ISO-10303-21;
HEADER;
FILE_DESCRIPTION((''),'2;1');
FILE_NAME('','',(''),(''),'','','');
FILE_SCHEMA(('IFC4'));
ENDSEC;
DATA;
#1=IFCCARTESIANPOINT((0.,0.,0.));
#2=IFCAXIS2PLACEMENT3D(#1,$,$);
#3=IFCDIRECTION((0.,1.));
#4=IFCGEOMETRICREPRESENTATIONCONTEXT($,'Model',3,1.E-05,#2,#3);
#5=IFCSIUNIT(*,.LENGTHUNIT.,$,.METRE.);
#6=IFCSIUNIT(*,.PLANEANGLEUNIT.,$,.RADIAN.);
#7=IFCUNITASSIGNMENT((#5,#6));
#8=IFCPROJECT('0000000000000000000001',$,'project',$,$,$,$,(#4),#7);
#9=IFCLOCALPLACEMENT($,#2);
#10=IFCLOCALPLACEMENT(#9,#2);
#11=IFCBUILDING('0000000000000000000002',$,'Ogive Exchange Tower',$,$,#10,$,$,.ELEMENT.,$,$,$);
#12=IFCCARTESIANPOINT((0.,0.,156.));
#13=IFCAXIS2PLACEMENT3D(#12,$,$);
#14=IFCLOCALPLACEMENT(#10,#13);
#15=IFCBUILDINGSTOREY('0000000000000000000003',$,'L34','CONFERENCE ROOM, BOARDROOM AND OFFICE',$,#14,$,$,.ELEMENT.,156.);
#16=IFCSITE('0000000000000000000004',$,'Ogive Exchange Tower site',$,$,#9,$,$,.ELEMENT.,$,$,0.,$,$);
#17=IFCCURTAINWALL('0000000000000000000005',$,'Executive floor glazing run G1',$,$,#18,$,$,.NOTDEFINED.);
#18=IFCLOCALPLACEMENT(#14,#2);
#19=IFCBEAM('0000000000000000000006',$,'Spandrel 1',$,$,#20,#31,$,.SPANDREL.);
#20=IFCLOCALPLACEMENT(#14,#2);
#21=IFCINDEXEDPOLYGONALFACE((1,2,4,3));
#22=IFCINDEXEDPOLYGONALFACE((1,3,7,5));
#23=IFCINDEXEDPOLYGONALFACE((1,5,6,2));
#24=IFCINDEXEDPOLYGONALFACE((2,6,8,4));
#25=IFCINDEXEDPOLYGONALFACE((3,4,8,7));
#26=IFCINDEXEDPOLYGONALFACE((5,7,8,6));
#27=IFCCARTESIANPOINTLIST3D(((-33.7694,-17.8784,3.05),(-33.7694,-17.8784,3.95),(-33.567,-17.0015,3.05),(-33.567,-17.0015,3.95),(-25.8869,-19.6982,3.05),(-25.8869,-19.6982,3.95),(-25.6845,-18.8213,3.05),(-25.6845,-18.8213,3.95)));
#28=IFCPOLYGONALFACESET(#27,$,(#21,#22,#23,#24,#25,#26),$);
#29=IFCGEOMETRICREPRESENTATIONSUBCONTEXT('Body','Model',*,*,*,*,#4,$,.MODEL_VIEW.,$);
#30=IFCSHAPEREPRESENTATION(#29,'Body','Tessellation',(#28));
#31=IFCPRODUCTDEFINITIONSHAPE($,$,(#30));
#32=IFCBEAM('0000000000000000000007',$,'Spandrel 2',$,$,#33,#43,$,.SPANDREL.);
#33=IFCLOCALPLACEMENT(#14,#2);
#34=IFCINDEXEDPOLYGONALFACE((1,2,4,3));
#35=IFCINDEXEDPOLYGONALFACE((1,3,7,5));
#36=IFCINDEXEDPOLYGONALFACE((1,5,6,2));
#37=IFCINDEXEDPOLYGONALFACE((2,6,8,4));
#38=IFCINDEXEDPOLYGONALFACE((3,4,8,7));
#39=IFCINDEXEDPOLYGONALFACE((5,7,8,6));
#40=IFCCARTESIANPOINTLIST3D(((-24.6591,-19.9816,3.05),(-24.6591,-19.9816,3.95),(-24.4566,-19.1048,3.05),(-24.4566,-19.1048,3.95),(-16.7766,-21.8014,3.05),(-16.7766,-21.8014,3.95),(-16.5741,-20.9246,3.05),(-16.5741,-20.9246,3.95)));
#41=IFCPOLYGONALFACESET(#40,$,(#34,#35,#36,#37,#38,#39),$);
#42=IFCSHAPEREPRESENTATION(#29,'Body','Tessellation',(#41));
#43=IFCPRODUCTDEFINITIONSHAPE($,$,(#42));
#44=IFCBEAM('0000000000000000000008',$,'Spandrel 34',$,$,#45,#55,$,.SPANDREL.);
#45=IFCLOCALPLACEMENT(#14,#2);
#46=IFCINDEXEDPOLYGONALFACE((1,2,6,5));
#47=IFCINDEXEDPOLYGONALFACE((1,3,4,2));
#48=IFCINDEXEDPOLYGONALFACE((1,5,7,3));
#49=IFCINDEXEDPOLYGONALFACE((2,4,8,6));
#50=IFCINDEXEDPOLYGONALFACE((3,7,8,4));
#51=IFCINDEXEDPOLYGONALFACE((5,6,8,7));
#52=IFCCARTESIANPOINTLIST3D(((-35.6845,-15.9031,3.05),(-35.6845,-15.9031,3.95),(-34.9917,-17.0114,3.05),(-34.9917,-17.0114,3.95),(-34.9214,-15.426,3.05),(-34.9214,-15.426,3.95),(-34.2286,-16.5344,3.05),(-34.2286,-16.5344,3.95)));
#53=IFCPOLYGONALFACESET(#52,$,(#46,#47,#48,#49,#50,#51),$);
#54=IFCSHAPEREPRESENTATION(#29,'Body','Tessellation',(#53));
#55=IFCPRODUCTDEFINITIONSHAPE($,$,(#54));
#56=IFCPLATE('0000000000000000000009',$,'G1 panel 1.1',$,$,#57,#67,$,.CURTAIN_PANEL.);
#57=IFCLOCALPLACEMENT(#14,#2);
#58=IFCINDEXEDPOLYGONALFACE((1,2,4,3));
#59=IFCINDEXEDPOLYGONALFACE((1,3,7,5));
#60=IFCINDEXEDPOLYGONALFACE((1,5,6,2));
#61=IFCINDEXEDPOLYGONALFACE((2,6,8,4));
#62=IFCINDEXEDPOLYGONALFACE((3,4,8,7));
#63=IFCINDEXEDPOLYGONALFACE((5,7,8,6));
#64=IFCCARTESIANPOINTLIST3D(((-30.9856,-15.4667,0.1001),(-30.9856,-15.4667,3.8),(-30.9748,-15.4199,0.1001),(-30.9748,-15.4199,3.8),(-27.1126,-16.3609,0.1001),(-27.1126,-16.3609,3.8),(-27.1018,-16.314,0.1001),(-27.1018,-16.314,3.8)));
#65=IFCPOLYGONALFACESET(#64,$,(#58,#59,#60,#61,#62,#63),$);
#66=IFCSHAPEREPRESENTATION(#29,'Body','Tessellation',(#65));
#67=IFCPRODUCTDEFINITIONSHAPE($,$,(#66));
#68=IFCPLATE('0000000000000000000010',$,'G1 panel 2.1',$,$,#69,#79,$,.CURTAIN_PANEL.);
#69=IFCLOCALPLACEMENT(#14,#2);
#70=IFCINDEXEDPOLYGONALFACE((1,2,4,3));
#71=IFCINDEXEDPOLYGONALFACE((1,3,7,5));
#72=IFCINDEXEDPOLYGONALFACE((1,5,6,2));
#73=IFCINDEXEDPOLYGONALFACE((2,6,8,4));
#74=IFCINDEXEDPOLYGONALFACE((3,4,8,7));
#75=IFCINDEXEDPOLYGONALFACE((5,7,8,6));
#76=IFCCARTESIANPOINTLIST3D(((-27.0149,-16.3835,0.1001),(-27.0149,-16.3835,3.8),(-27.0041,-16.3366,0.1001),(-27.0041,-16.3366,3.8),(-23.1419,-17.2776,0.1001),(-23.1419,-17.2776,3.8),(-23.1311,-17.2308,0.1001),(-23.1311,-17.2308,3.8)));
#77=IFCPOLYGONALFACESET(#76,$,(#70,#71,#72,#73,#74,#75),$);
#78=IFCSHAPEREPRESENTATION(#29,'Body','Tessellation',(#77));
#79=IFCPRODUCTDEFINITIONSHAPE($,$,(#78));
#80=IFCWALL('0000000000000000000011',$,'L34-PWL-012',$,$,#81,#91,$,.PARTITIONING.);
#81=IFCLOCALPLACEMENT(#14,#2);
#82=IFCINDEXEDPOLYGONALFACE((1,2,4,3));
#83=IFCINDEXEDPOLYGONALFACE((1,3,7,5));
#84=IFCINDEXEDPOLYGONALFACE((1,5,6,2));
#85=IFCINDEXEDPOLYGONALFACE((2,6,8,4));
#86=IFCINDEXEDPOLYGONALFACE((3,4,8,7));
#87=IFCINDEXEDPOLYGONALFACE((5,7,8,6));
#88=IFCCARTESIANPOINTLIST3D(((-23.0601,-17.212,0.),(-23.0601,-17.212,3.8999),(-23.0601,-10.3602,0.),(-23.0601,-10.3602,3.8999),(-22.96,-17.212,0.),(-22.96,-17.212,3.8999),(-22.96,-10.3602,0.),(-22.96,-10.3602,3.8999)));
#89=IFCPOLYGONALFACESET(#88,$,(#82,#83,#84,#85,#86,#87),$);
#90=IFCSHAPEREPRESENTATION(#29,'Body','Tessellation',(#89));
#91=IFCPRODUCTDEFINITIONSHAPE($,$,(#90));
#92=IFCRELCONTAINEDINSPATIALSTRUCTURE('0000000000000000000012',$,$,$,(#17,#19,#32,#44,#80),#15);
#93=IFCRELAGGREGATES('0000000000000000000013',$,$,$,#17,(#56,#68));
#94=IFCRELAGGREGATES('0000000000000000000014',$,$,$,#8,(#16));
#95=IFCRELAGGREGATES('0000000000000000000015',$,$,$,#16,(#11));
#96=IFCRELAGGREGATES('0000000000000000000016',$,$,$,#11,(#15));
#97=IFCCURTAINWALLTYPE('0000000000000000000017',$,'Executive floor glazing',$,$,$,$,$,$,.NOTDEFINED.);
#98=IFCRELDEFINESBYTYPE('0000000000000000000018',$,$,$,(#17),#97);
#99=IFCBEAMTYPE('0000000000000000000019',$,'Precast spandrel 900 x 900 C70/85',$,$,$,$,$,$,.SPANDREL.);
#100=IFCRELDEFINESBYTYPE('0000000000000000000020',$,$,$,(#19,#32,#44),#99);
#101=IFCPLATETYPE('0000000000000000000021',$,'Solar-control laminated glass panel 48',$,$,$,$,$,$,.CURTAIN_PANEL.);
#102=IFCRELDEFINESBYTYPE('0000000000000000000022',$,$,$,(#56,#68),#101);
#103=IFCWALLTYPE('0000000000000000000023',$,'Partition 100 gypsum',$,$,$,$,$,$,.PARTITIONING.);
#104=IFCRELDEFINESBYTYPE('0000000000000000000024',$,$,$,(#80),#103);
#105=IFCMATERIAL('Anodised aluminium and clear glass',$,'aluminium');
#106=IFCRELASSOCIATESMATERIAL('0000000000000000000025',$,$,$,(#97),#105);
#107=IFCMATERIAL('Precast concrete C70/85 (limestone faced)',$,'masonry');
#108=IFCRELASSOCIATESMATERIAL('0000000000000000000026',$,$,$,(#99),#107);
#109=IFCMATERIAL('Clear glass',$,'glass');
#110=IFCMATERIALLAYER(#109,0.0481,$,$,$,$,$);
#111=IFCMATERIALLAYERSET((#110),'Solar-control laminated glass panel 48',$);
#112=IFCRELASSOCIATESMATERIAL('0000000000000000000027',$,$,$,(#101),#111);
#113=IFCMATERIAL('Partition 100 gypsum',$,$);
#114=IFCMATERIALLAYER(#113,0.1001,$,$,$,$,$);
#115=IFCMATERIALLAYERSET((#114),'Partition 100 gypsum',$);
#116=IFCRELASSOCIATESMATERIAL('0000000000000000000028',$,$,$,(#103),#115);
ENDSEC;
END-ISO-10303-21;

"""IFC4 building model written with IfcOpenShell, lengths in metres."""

from ifc_helpers import new_model, si_unit, direction, frame, frame_2d, origin, origin_2d, place, context, subcontext, project, spatial, rectangle, extrude, material, layer, layer_set, material_profile, profile_set, type_object, element, aggregate, save


model = new_model("IFC4")

# Units and contexts
model_context = context("Model", 3, precision=1e-05, world=origin(), true_north=direction((0.0, 1.0)))
body_context = subcontext(model_context, "Body", "Model", "MODEL_VIEW")
ifc_project = project(units=[si_unit("LENGTHUNIT", "METRE"), si_unit("PLANEANGLEUNIT", "RADIAN")], contexts=[model_context])

# Site, building, storey
site_placement = place(None, origin())
site = spatial("IfcSite", under=ifc_project, at=site_placement, Name="Ogive Exchange Tower site", CompositionType="ELEMENT", RefElevation=0.0)
building_placement = place(site_placement, origin())
building = spatial("IfcBuilding", under=site, at=building_placement, Name="Ogive Exchange Tower", CompositionType="ELEMENT")
storey_placement = place(building_placement, frame((0.0, 0.0, 156.0)))
storey = spatial("IfcBuildingStorey", under=building, at=storey_placement, Name="L34", Description="CONFERENCE ROOM, BOARDROOM AND OFFICE", CompositionType="ELEMENT", Elevation=156.0)

# Shared definitions
ifc_material_1 = material(Name="Precast concrete C70/85 (limestone faced)", Category="masonry")

# Curtain wall
ifc_material_2 = material(Name="Anodised aluminium and clear glass", Category="aluminium")
curtain_wall_type = type_object("IfcCurtainWallType", Name="Executive floor glazing", PredefinedType="NOTDEFINED", material=ifc_material_2)
curtain_wall_1_placement = place(storey_placement, origin())
curtain_wall_1 = element("IfcCurtainWall", 1, at=curtain_wall_1_placement, inside=storey, type_object=curtain_wall_type, Name="Executive floor glazing run G1", PredefinedType="NOTDEFINED")

# Beams
ifc_material_profile_1 = material_profile(ifc_material_1, rectangle(XDim=0.8999, YDim=0.8999, at=origin_2d()), Name="900 x 900")
ifc_profile_set_1 = profile_set([ifc_material_profile_1], Name="Precast concrete C70/85 (limestone faced)")
beam_type_1 = type_object("IfcBeamType", Name="Precast spandrel 900 x 900 C70/85", PredefinedType="SPANDREL", material=ifc_profile_set_1)
for number, where, z_axis, x_axis, name in (
    (2, (-33.6682, -17.4399, 3.5), (0.97437, -0.22495, 0.0), (0.22495, 0.97437, 0.0), "Spandrel 1"),
    (3, (-24.5579, -19.5432, 3.5), (0.97437, -0.22495, 0.0), (0.22495, 0.97437, 0.0), "Spandrel 2"),
):
    element("IfcBeam", number, at=place(storey_placement, frame(where, z_axis=z_axis, x_axis=x_axis)), inside=storey, type_object=beam_type_1, Name=name, PredefinedType="SPANDREL", context=body_context, shape_type="SweptSolid", body=[
        extrude(rectangle(XDim=0.8999, YDim=0.8999, at=origin_2d()), origin(), (0.0, 0.0, 1.0), 8.0898),
    ])
beam_1_placement = place(storey_placement, frame((-35.303, -15.6646, 3.5), z_axis=(0.530066, -0.847956, 0.0), x_axis=(0.847956, 0.530066, 0.0)))
element("IfcBeam", 4, at=beam_1_placement, inside=storey, type_object=beam_type_1, Name="Spandrel 34", PredefinedType="SPANDREL", context=body_context, shape_type="SweptSolid", body=[
    extrude(rectangle(XDim=0.8999, YDim=0.8999, at=origin_2d()), origin(), (0.0, 0.0, 1.0), 1.3071),
])

# Plates
ifc_material_3 = material(Name="Clear glass", Category="glass")
ifc_layer_1 = layer(ifc_material_3, 0.0481)
ifc_layer_set_1 = layer_set([ifc_layer_1], Name="Solar-control laminated glass panel 48")
plate_type = type_object("IfcPlateType", Name="Solar-control laminated glass panel 48", PredefinedType="CURTAIN_PANEL", material=ifc_layer_set_1)
plate_1_placement = place(storey_placement, frame((-29.0437, -15.8904, 0.1001), z_axis=(0.0, 0.0, 1.0), x_axis=(0.974371, -0.224947, 0.0)))
plate_1 = element("IfcPlate", 5, at=plate_1_placement, type_object=plate_type, Name="G1 panel 1.1", PredefinedType="CURTAIN_PANEL", context=body_context, shape_type="SweptSolid", body=[
    extrude(rectangle(XDim=3.9749, YDim=0.0481, at=origin_2d()), origin(), (0.0, 0.0, 1.0), 3.7),
])
plate_2_placement = place(storey_placement, frame((-25.073, -16.8071, 0.1001), z_axis=(0.0, 0.0, 1.0), x_axis=(0.974371, -0.224947, 0.0)))
plate_2 = element("IfcPlate", 6, at=plate_2_placement, type_object=plate_type, Name="G1 panel 2.1", PredefinedType="CURTAIN_PANEL", context=body_context, shape_type="SweptSolid", body=[
    extrude(rectangle(XDim=3.9749, YDim=0.0481, at=origin_2d()), origin(), (0.0, 0.0, 1.0), 3.7),
])
aggregate(curtain_wall_1, [plate_1, plate_2])

# Wall
ifc_material_4 = material(Name="Partition 100 gypsum")
ifc_layer_2 = layer(ifc_material_4, 0.1001)
ifc_layer_set_2 = layer_set([ifc_layer_2], Name="Partition 100 gypsum")
wall_type = type_object("IfcWallType", Name="Partition 100 gypsum", PredefinedType="PARTITIONING", material=ifc_layer_set_2)
wall_placement = place(storey_placement, frame((-23.01, -17.2119, 0.0), z_axis=(0.0, 0.0, 1.0), x_axis=(0.0, 1.0, 0.0)))
element("IfcWall", 7, at=wall_placement, inside=storey, type_object=wall_type, Name="L34-PWL-012", PredefinedType="PARTITIONING", context=body_context, shape_type="SweptSolid", body=[
    extrude(rectangle(XDim=6.8518, YDim=0.1001, at=frame_2d((3.4258, 0.0))), origin(), (0.0, 0.0, 1.0), 3.8999),
])

save(model, "model.ifc")
